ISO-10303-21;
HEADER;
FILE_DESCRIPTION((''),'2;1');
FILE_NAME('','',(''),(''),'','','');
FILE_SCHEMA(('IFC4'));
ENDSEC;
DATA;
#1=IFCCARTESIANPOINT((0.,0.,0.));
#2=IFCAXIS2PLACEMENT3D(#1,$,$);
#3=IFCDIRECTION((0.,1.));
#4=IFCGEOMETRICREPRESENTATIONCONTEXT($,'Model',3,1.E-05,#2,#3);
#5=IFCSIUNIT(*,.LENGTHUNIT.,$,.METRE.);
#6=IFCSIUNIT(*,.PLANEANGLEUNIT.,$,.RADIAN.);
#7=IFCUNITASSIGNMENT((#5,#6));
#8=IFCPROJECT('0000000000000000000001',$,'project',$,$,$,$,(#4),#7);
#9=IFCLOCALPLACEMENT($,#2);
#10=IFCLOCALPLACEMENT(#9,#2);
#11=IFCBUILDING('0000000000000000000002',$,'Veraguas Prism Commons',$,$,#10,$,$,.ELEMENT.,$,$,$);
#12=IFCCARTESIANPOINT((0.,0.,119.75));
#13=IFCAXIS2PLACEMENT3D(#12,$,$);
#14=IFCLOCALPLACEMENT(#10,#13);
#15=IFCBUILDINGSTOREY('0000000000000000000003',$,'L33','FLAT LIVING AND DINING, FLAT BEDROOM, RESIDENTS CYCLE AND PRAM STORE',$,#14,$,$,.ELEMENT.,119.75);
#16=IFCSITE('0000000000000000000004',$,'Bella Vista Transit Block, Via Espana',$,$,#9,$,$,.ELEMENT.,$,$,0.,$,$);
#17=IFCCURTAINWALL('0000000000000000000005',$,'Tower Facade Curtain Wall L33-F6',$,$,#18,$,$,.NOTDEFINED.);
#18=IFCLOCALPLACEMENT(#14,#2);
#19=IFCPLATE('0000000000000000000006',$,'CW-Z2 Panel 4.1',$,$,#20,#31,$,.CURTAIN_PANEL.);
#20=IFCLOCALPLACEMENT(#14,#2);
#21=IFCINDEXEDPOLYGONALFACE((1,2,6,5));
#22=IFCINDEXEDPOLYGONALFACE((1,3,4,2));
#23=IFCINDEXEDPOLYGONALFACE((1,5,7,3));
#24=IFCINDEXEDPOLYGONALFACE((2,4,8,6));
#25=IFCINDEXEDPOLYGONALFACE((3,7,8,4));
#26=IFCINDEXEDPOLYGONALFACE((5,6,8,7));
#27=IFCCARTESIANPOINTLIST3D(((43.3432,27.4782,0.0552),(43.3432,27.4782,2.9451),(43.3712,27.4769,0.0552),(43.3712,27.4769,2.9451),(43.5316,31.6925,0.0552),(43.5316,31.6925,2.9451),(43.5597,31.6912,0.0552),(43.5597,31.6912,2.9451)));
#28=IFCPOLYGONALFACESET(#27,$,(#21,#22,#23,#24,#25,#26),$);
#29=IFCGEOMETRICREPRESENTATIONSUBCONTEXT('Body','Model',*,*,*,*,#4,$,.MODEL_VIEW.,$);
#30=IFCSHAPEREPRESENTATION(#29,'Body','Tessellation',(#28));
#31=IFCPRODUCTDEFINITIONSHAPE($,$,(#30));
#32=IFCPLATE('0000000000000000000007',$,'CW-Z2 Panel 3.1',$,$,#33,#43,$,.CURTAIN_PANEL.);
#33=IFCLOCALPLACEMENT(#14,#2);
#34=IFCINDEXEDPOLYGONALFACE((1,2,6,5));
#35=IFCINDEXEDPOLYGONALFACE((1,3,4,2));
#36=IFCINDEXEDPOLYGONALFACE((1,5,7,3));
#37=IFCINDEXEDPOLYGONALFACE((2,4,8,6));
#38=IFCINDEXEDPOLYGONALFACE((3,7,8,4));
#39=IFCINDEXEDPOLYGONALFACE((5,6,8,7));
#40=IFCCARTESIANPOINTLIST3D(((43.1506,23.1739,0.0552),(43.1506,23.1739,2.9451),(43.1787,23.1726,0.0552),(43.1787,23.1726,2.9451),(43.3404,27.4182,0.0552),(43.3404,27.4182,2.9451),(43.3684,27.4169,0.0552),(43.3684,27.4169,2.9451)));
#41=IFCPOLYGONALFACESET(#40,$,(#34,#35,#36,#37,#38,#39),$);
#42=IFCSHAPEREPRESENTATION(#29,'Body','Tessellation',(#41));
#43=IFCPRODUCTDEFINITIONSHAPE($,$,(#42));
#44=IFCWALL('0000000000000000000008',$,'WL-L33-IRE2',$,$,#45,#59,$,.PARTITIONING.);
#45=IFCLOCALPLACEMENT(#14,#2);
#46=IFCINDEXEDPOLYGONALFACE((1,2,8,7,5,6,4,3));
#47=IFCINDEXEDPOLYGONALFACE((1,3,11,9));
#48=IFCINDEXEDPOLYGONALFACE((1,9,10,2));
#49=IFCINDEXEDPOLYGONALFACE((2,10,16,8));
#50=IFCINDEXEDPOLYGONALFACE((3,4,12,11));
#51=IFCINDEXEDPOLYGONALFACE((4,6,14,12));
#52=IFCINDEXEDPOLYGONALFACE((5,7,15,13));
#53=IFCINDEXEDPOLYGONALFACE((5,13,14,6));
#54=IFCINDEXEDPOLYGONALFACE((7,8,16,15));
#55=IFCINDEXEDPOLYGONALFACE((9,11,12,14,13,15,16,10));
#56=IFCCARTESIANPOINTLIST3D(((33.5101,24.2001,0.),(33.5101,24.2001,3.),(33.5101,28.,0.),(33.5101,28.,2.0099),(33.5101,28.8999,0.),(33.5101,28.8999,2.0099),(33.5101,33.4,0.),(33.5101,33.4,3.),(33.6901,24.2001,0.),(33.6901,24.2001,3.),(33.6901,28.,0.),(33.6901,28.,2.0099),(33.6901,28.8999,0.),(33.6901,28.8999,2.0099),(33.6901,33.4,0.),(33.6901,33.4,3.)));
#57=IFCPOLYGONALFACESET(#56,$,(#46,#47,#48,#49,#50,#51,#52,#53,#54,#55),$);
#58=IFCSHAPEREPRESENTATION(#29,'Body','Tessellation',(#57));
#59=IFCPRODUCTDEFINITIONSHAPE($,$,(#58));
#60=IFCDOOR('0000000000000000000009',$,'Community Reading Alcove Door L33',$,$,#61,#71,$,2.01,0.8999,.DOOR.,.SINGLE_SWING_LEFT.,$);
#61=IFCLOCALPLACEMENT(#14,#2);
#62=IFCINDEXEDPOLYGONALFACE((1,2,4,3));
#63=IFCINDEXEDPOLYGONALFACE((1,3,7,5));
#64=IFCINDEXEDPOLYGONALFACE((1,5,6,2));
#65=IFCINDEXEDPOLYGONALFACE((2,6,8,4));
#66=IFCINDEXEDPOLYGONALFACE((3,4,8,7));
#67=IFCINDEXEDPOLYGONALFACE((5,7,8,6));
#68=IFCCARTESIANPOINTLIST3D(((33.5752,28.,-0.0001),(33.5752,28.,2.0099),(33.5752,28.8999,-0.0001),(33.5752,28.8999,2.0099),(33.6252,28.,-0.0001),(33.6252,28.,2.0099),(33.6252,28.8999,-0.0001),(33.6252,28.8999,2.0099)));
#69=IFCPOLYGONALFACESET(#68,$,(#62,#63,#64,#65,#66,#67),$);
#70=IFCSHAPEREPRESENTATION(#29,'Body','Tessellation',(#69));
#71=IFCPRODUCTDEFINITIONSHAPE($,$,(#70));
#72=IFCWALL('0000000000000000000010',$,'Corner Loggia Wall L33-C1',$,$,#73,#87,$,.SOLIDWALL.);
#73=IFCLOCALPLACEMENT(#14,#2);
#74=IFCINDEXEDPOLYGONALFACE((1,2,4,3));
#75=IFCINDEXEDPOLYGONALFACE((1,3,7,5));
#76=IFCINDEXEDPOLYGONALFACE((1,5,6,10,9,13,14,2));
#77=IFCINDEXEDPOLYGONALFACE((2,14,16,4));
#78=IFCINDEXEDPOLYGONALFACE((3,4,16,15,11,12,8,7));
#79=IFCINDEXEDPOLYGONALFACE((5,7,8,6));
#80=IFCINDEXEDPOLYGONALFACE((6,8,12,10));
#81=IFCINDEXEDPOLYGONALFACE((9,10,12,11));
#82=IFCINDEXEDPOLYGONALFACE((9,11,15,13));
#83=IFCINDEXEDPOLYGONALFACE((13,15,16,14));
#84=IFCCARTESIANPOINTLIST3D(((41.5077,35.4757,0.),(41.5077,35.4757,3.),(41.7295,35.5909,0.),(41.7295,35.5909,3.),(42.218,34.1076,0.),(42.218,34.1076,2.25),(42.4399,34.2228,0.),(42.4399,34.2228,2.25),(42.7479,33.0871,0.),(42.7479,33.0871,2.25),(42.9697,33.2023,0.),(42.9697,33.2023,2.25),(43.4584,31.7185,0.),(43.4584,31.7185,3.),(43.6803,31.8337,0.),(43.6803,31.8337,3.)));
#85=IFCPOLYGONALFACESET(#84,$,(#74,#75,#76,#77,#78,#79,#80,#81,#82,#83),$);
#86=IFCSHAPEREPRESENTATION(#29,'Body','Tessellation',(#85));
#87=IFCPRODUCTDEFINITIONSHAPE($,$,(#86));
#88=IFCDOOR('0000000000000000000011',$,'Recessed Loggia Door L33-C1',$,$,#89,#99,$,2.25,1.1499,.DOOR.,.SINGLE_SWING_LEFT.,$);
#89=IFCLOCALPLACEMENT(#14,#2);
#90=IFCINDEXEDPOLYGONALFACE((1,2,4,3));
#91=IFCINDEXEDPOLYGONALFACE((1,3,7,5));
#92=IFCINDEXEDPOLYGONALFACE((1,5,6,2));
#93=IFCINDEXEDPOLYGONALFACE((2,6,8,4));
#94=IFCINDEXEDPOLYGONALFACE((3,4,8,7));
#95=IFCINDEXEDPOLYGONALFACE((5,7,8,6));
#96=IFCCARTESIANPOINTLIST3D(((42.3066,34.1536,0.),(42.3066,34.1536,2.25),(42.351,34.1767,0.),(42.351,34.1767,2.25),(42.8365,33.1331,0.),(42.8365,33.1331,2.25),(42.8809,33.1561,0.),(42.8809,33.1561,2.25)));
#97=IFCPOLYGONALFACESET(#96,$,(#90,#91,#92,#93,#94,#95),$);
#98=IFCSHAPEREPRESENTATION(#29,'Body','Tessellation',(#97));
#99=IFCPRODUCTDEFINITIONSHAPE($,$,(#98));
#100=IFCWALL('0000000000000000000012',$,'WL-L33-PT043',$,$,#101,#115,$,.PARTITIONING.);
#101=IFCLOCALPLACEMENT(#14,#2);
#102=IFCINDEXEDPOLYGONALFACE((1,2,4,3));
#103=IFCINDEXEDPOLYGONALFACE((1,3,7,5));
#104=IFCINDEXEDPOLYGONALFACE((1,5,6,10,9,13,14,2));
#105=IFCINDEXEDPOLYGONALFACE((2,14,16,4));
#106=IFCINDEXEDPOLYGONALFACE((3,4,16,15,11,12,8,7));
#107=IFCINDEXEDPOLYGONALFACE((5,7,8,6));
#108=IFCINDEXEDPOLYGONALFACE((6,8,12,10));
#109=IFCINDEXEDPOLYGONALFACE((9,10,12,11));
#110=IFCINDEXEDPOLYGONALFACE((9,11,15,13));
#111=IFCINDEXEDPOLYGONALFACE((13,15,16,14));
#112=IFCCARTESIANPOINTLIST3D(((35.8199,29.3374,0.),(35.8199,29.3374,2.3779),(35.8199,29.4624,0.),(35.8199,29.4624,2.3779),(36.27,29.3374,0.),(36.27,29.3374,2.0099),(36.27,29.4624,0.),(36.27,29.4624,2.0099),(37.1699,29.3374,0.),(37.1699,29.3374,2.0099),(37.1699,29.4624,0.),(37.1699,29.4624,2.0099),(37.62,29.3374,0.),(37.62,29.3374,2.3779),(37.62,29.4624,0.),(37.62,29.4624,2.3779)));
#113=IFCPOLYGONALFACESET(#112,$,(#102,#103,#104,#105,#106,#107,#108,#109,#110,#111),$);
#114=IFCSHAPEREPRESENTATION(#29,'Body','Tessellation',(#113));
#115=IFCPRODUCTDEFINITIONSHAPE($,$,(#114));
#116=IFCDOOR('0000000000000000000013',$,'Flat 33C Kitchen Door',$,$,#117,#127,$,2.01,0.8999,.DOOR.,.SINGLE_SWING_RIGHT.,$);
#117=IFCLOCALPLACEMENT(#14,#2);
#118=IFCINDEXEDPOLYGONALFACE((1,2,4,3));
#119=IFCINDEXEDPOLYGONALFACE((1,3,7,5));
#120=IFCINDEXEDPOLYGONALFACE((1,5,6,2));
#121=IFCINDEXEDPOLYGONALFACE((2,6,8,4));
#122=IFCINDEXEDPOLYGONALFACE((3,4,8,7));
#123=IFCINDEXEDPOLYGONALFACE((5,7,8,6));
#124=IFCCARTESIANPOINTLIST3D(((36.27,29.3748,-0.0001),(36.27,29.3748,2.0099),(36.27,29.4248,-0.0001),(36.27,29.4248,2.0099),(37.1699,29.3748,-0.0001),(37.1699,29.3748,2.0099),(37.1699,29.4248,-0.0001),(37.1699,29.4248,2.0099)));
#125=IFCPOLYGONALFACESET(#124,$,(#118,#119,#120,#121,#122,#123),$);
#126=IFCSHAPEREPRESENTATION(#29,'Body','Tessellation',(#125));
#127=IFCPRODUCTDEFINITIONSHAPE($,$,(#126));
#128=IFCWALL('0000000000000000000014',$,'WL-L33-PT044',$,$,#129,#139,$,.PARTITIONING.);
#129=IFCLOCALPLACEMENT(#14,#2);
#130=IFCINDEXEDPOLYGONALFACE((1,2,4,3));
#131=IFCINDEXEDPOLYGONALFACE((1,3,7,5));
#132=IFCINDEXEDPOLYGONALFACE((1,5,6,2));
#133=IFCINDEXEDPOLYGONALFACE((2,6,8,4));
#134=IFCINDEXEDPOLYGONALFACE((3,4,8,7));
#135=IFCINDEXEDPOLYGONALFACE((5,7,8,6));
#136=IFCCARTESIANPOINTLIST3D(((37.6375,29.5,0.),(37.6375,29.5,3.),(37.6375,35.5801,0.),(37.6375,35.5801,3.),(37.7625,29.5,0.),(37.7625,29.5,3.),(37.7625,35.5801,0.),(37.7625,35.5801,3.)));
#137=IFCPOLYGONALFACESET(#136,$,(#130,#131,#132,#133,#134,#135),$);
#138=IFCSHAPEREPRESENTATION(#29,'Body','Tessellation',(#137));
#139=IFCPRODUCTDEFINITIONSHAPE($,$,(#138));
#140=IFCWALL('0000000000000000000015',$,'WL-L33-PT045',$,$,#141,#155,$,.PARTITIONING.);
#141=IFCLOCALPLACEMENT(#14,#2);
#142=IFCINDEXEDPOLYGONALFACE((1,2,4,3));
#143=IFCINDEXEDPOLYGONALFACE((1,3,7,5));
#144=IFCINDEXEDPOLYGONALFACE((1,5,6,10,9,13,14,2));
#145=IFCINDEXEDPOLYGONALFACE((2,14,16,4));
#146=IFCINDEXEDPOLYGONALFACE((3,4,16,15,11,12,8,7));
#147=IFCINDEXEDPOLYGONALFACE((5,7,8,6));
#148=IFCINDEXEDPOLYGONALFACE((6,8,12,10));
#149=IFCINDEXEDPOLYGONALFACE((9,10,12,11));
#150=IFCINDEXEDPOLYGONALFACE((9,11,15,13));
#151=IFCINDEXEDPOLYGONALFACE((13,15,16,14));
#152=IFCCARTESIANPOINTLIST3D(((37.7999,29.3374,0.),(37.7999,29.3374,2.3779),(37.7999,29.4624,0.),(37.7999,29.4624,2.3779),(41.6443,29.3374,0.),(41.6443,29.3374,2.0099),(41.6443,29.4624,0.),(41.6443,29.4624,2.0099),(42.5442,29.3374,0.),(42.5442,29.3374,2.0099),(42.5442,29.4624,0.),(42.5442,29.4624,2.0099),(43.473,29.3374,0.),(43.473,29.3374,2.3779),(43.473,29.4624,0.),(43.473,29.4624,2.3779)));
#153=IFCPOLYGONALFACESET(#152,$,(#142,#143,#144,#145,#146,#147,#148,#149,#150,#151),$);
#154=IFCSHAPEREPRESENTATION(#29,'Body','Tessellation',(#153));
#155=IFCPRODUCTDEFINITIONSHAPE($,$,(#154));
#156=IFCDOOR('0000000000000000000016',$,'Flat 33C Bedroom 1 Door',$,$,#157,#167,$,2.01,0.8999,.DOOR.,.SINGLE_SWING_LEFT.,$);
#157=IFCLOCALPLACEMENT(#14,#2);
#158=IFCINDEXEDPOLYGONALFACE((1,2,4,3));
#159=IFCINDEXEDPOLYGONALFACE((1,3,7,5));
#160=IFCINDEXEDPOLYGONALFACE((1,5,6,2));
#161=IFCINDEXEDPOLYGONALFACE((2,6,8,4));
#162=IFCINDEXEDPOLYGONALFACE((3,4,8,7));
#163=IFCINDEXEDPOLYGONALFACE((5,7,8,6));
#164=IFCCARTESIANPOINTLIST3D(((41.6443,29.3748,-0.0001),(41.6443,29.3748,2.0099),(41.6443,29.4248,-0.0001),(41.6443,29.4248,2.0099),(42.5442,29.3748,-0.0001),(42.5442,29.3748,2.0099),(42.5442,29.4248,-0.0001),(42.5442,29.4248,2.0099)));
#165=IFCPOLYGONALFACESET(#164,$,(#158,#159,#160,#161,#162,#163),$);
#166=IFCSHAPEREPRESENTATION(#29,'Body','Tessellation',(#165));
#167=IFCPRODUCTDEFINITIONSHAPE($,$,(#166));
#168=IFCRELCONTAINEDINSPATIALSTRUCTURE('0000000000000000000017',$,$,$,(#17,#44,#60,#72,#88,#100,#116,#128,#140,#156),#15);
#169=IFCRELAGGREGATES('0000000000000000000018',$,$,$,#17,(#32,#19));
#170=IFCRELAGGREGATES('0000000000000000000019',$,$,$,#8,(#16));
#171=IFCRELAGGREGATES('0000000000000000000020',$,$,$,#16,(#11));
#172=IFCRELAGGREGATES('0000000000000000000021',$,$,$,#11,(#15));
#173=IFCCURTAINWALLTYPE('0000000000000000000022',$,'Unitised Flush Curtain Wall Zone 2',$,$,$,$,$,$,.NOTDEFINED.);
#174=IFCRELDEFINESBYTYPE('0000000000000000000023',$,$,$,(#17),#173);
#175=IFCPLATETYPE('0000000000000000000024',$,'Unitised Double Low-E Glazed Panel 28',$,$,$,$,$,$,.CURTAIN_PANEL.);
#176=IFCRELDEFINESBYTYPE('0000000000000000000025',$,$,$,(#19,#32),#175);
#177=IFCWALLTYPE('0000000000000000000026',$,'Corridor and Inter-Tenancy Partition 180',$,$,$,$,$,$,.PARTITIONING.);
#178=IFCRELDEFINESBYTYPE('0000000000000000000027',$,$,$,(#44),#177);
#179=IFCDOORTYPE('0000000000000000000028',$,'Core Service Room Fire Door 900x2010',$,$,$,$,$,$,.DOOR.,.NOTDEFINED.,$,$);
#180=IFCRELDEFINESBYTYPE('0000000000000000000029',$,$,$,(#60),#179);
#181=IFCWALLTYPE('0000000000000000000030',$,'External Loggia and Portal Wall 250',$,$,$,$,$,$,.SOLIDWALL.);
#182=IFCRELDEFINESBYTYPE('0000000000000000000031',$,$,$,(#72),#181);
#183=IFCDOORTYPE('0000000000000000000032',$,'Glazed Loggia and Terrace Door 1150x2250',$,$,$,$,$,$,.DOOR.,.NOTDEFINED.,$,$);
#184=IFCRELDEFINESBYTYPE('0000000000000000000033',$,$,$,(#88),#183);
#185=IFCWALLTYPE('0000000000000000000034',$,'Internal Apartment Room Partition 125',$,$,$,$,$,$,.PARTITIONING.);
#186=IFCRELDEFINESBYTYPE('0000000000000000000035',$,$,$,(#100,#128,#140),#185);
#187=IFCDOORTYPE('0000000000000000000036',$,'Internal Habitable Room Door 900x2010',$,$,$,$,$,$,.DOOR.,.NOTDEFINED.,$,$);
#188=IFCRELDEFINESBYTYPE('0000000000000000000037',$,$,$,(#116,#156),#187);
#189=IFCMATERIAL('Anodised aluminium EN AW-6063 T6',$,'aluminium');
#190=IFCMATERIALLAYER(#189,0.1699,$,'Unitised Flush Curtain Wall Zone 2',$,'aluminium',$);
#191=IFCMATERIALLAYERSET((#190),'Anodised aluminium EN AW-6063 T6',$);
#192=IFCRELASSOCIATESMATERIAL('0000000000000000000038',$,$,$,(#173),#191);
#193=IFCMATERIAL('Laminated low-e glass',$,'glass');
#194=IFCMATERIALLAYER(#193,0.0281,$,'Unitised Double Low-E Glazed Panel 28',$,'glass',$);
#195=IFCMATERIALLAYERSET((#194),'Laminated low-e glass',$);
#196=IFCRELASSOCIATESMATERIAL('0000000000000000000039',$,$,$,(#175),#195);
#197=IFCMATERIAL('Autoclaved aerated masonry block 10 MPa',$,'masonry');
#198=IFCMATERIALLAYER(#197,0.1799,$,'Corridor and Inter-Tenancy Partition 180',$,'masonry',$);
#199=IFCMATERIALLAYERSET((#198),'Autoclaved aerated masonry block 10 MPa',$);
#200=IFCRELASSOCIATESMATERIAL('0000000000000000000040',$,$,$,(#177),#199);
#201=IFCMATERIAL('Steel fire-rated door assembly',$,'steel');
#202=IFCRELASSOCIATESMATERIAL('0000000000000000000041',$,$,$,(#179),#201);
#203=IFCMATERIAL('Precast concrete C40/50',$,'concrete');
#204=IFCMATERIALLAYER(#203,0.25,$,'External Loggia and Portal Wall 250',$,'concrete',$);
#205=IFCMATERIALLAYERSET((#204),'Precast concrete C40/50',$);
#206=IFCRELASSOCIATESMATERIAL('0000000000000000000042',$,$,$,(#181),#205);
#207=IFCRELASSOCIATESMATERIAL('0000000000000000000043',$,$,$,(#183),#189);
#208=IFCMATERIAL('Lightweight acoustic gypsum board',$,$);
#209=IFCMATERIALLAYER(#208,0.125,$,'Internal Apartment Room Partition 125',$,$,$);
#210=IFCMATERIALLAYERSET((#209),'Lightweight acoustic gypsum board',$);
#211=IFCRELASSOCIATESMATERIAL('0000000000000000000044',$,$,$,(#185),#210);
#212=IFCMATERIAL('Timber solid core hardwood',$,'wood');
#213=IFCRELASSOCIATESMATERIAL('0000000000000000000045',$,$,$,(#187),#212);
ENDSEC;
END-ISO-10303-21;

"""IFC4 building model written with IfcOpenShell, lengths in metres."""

from ifc_helpers import new_model, si_unit, direction, frame, frame_2d, origin, origin_2d, place, context, subcontext, project, spatial, rectangle, extrude, source, transform, mapped, material, layer, layer_set, type_object, element, fill, aggregate, save


model = new_model("IFC4")

# Units and contexts
model_context = context("Model", 3, precision=1e-05, world=origin(), true_north=direction((0.0, 1.0)))
body_context = subcontext(model_context, "Body", "Model", "MODEL_VIEW")
ifc_project = project(units=[si_unit("LENGTHUNIT", "METRE"), si_unit("PLANEANGLEUNIT", "RADIAN")], contexts=[model_context])

# Site, building, storey
site_placement = place(None, origin())
site = spatial("IfcSite", under=ifc_project, at=site_placement, Name="Bella Vista Transit Block, Via Espana", CompositionType="ELEMENT", RefElevation=0.0)
building_placement = place(site_placement, origin())
building = spatial("IfcBuilding", under=site, at=building_placement, Name="Veraguas Prism Commons", CompositionType="ELEMENT")
storey_placement = place(building_placement, frame((0.0, 0.0, 119.75)))
storey = spatial("IfcBuildingStorey", under=building, at=storey_placement, Name="L33", Description="FLAT LIVING AND DINING, FLAT BEDROOM, RESIDENTS CYCLE AND PRAM STORE", CompositionType="ELEMENT", Elevation=119.75)

# Curtain wall, plates
ifc_material_1 = material(Name="Anodised aluminium EN AW-6063 T6", Category="aluminium")
ifc_layer_1 = layer(ifc_material_1, 0.1699, Name="Unitised Flush Curtain Wall Zone 2", Category="aluminium")
ifc_layer_set_1 = layer_set([ifc_layer_1], Name="Anodised aluminium EN AW-6063 T6")
curtain_wall_type = type_object("IfcCurtainWallType", Name="Unitised Flush Curtain Wall Zone 2", PredefinedType="NOTDEFINED", material=ifc_layer_set_1)
curtain_wall_placement = place(storey_placement, origin())
curtain_wall = element("IfcCurtainWall", 1, at=curtain_wall_placement, inside=storey, type_object=curtain_wall_type, Name="Tower Facade Curtain Wall L33-F6", PredefinedType="NOTDEFINED")
ifc_material_2 = material(Name="Laminated low-e glass", Category="glass")
ifc_layer_2 = layer(ifc_material_2, 0.0281, Name="Unitised Double Low-E Glazed Panel 28", Category="glass")
ifc_layer_set_2 = layer_set([ifc_layer_2], Name="Laminated low-e glass")
plate_type = type_object("IfcPlateType", Name="Unitised Double Low-E Glazed Panel 28", PredefinedType="CURTAIN_PANEL", material=ifc_layer_set_2)
shared_shape_1 = source(origin(), body_context, "Body", "SweptSolid", [
    extrude(rectangle(XDim=4.2185, YDim=0.0281, at=origin_2d()), origin(), (0.0, 0.0, 1.0), 2.8899),
])
plate_1_placement = place(storey_placement, frame((43.4514, 29.5847, 0.0552), z_axis=(0.0, 0.0, 1.0), x_axis=(0.044667, 0.999002, 0.0)))
plate_1 = element("IfcPlate", 2, at=plate_1_placement, type_object=plate_type, Name="CW-Z2 Panel 4.1", PredefinedType="CURTAIN_PANEL", context=body_context, shape_type="MappedRepresentation", body=[
    mapped(shared_shape_1, transform((0.0, 0.0, 0.0), scale=1.0)),
])
shared_shape_2 = source(origin(), body_context, "Body", "SweptSolid", [
    extrude(rectangle(XDim=4.2485, YDim=0.0281, at=origin_2d()), origin(), (0.0, 0.0, 1.0), 2.8899),
])
plate_2_placement = place(storey_placement, frame((43.2595, 25.2954, 0.0552), z_axis=(0.0, 0.0, 1.0), x_axis=(0.044667, 0.999002, 0.0)))
plate_2 = element("IfcPlate", 3, at=plate_2_placement, type_object=plate_type, Name="CW-Z2 Panel 3.1", PredefinedType="CURTAIN_PANEL", context=body_context, shape_type="MappedRepresentation", body=[
    mapped(shared_shape_2, transform((0.0, 0.0, 0.0), scale=1.0)),
])
aggregate(curtain_wall, [plate_2, plate_1])

# Walls, openings, doors
ifc_material_3 = material(Name="Autoclaved aerated masonry block 10 MPa", Category="masonry")
ifc_layer_3 = layer(ifc_material_3, 0.1799, Name="Corridor and Inter-Tenancy Partition 180", Category="masonry")
ifc_layer_set_3 = layer_set([ifc_layer_3], Name="Autoclaved aerated masonry block 10 MPa")
wall_type_1 = type_object("IfcWallType", Name="Corridor and Inter-Tenancy Partition 180", PredefinedType="PARTITIONING", material=ifc_layer_set_3)
wall_1_placement = place(storey_placement, frame((33.6001, 24.2, 0.0), z_axis=(0.0, 0.0, 1.0), x_axis=(0.0, 1.0, 0.0)))
wall_1 = element("IfcWall", 4, at=wall_1_placement, inside=storey, type_object=wall_type_1, Name="WL-L33-IRE2", PredefinedType="PARTITIONING", context=body_context, shape_type="SweptSolid", body=[
    extrude(rectangle(XDim=9.2, YDim=0.1799, at=frame_2d((4.6001, 0.0))), origin(), (0.0, 0.0, 1.0), 3.0),
])
opening_1_placement = place(wall_1_placement, frame((3.8, 0.0, 0.0)))
opening_1 = element("IfcOpeningElement", 5, at=opening_1_placement, cuts=wall_1, PredefinedType="OPENING", context=body_context, shape_type="SweptSolid", body=[
    extrude(rectangle(XDim=0.8999, YDim=2.01, at=frame_2d((0.45, 1.0049))), frame((0.0, 0.0999, 0.0), z_axis=(0.0, -1.0, 0.0), x_axis=(1.0, 0.0, 0.0)), (0.0, 0.0, 1.0), 0.2),
])
ifc_material_4 = material(Name="Steel fire-rated door assembly", Category="steel")
door_type_1 = type_object("IfcDoorType", Name="Core Service Room Fire Door 900x2010", OperationType="NOTDEFINED", PredefinedType="DOOR", material=ifc_material_4)
shared_shape_3 = source(origin(), body_context, "Body", "SweptSolid", [
    extrude(rectangle(XDim=0.8999, YDim=2.01, at=frame_2d((0.45, 1.0049))), frame((0.0, 0.0249, 0.0), z_axis=(0.0, -1.0, 0.0), x_axis=(1.0, 0.0, 0.0)), (0.0, 0.0, 1.0), 0.05),
])
door_1_placement = place(opening_1_placement, origin())
door_1 = element("IfcDoor", 6, at=door_1_placement, inside=storey, type_object=door_type_1, Name="Community Reading Alcove Door L33", OperationType="SINGLE_SWING_LEFT", OverallHeight=2.01, OverallWidth=0.8999, PredefinedType="DOOR", context=body_context, shape_type="MappedRepresentation", body=[
    mapped(shared_shape_3, transform((0.0, 0.0, 0.0), scale=1.0)),
])
fill(opening_1, door_1)
ifc_material_5 = material(Name="Precast concrete C40/50", Category="concrete")
ifc_layer_4 = layer(ifc_material_5, 0.25, Name="External Loggia and Portal Wall 250", Category="concrete")
ifc_layer_set_4 = layer_set([ifc_layer_4], Name="Precast concrete C40/50")
wall_type_2 = type_object("IfcWallType", Name="External Loggia and Portal Wall 250", PredefinedType="SOLIDWALL", material=ifc_layer_set_4)
wall_2_placement = place(storey_placement, frame((43.5693, 31.7761, 0.0), z_axis=(0.0, 0.0, 1.0), x_axis=(-0.460795, 0.887507, 0.0)))
wall_2 = element("IfcWall", 7, at=wall_2_placement, inside=storey, type_object=wall_type_2, Name="Corner Loggia Wall L33-C1", PredefinedType="SOLIDWALL", context=body_context, shape_type="SweptSolid", body=[
    extrude(rectangle(XDim=4.2334, YDim=0.25, at=frame_2d((2.1167, 0.0))), origin(), (0.0, 0.0, 1.0), 3.0),
])
opening_2_placement = place(wall_2_placement, frame((1.542, 0.0, 0.0)))
opening_2 = element("IfcOpeningElement", 8, at=opening_2_placement, cuts=wall_2, PredefinedType="OPENING", context=body_context, shape_type="SweptSolid", body=[
    extrude(rectangle(XDim=1.1499, YDim=2.25, at=frame_2d((0.575, 1.125))), frame((0.0, 0.135, 0.0), z_axis=(0.0, -1.0, 0.0), x_axis=(1.0, 0.0, 0.0)), (0.0, 0.0, 1.0), 0.27),
])
door_type_2 = type_object("IfcDoorType", Name="Glazed Loggia and Terrace Door 1150x2250", OperationType="NOTDEFINED", PredefinedType="DOOR", material=ifc_material_1)
shared_shape_4 = source(origin(), body_context, "Body", "SweptSolid", [
    extrude(rectangle(XDim=1.1499, YDim=2.25, at=frame_2d((0.575, 1.125))), frame((0.0, 0.0249, 0.0), z_axis=(0.0, -1.0, 0.0), x_axis=(1.0, 0.0, 0.0)), (0.0, 0.0, 1.0), 0.05),
])
door_2_placement = place(opening_2_placement, frame((1.1499, 0.0, 0.0), z_axis=(0.0, 0.0, 1.0), x_axis=(-1.0, 0.0, 0.0)))
door_2 = element("IfcDoor", 9, at=door_2_placement, inside=storey, type_object=door_type_2, Name="Recessed Loggia Door L33-C1", OperationType="SINGLE_SWING_LEFT", OverallHeight=2.25, OverallWidth=1.1499, PredefinedType="DOOR", context=body_context, shape_type="MappedRepresentation", body=[
    mapped(shared_shape_4, transform((0.0, 0.0, 0.0), scale=1.0)),
])
fill(opening_2, door_2)
ifc_material_6 = material(Name="Lightweight acoustic gypsum board")
ifc_layer_5 = layer(ifc_material_6, 0.125, Name="Internal Apartment Room Partition 125")
ifc_layer_set_5 = layer_set([ifc_layer_5], Name="Lightweight acoustic gypsum board")
wall_type_3 = type_object("IfcWallType", Name="Internal Apartment Room Partition 125", PredefinedType="PARTITIONING", material=ifc_layer_set_5)
wall_3_placement = place(storey_placement, frame((35.8201, 29.3999, 0.0), z_axis=(0.0, 0.0, 1.0), x_axis=(1.0, 0.0, 0.0)))
wall_3 = element("IfcWall", 10, at=wall_3_placement, inside=storey, type_object=wall_type_3, Name="WL-L33-PT043", PredefinedType="PARTITIONING", context=body_context, shape_type="SweptSolid", body=[
    extrude(rectangle(XDim=1.8, YDim=0.125, at=frame_2d((0.8999, 0.0))), origin(), (0.0, 0.0, 1.0), 2.3779),
])
opening_3_placement = place(wall_3_placement, frame((0.45, 0.0, 0.0)))
opening_3 = element("IfcOpeningElement", 11, at=opening_3_placement, cuts=wall_3, PredefinedType="OPENING", context=body_context, shape_type="SweptSolid", body=[
    extrude(rectangle(XDim=0.8999, YDim=2.01, at=frame_2d((0.45, 1.0049))), frame((0.0, 0.0725, 0.0), z_axis=(0.0, -1.0, 0.0), x_axis=(1.0, 0.0, 0.0)), (0.0, 0.0, 1.0), 0.145),
])
ifc_material_7 = material(Name="Timber solid core hardwood", Category="wood")
door_type_3 = type_object("IfcDoorType", Name="Internal Habitable Room Door 900x2010", OperationType="NOTDEFINED", PredefinedType="DOOR", material=ifc_material_7)
door_3_placement = place(opening_3_placement, origin())
door_3 = element("IfcDoor", 12, at=door_3_placement, inside=storey, type_object=door_type_3, Name="Flat 33C Kitchen Door", OperationType="SINGLE_SWING_RIGHT", OverallHeight=2.01, OverallWidth=0.8999, PredefinedType="DOOR", context=body_context, shape_type="MappedRepresentation", body=[
    mapped(shared_shape_3, transform((0.0, 0.0, 0.0), scale=1.0)),
])
fill(opening_3, door_3)

# Wall
wall_4_placement = place(storey_placement, frame((37.7, 29.5, 0.0), z_axis=(0.0, 0.0, 1.0), x_axis=(0.0, 1.0, 0.0)))
element("IfcWall", 13, at=wall_4_placement, inside=storey, type_object=wall_type_3, Name="WL-L33-PT044", PredefinedType="PARTITIONING", context=body_context, shape_type="SweptSolid", body=[
    extrude(rectangle(XDim=6.0801, YDim=0.125, at=frame_2d((3.04, 0.0))), origin(), (0.0, 0.0, 1.0), 3.0),
])

# Wall, opening, door
wall_5_placement = place(storey_placement, frame((37.8, 29.3999, 0.0), z_axis=(0.0, 0.0, 1.0), x_axis=(1.0, 0.0, 0.0)))
wall_5 = element("IfcWall", 14, at=wall_5_placement, inside=storey, type_object=wall_type_3, Name="WL-L33-PT045", PredefinedType="PARTITIONING", context=body_context, shape_type="SweptSolid", body=[
    extrude(rectangle(XDim=5.6731, YDim=0.125, at=frame_2d((2.8364, 0.0))), origin(), (0.0, 0.0, 1.0), 2.3779),
])
opening_4_placement = place(wall_5_placement, frame((3.8442, 0.0, 0.0)))
opening_4 = element("IfcOpeningElement", 15, at=opening_4_placement, cuts=wall_5, PredefinedType="OPENING", context=body_context, shape_type="SweptSolid", body=[
    extrude(rectangle(XDim=0.8999, YDim=2.01, at=frame_2d((0.45, 1.0049))), frame((0.0, 0.0725, 0.0), z_axis=(0.0, -1.0, 0.0), x_axis=(1.0, 0.0, 0.0)), (0.0, 0.0, 1.0), 0.145),
])
door_4_placement = place(opening_4_placement, origin())
door_4 = element("IfcDoor", 16, at=door_4_placement, inside=storey, type_object=door_type_3, Name="Flat 33C Bedroom 1 Door", OperationType="SINGLE_SWING_LEFT", OverallHeight=2.01, OverallWidth=0.8999, PredefinedType="DOOR", context=body_context, shape_type="MappedRepresentation", body=[
    mapped(shared_shape_3, transform((0.0, 0.0, 0.0), scale=1.0)),
])
fill(opening_4, door_4)

save(model, "model.ifc")
